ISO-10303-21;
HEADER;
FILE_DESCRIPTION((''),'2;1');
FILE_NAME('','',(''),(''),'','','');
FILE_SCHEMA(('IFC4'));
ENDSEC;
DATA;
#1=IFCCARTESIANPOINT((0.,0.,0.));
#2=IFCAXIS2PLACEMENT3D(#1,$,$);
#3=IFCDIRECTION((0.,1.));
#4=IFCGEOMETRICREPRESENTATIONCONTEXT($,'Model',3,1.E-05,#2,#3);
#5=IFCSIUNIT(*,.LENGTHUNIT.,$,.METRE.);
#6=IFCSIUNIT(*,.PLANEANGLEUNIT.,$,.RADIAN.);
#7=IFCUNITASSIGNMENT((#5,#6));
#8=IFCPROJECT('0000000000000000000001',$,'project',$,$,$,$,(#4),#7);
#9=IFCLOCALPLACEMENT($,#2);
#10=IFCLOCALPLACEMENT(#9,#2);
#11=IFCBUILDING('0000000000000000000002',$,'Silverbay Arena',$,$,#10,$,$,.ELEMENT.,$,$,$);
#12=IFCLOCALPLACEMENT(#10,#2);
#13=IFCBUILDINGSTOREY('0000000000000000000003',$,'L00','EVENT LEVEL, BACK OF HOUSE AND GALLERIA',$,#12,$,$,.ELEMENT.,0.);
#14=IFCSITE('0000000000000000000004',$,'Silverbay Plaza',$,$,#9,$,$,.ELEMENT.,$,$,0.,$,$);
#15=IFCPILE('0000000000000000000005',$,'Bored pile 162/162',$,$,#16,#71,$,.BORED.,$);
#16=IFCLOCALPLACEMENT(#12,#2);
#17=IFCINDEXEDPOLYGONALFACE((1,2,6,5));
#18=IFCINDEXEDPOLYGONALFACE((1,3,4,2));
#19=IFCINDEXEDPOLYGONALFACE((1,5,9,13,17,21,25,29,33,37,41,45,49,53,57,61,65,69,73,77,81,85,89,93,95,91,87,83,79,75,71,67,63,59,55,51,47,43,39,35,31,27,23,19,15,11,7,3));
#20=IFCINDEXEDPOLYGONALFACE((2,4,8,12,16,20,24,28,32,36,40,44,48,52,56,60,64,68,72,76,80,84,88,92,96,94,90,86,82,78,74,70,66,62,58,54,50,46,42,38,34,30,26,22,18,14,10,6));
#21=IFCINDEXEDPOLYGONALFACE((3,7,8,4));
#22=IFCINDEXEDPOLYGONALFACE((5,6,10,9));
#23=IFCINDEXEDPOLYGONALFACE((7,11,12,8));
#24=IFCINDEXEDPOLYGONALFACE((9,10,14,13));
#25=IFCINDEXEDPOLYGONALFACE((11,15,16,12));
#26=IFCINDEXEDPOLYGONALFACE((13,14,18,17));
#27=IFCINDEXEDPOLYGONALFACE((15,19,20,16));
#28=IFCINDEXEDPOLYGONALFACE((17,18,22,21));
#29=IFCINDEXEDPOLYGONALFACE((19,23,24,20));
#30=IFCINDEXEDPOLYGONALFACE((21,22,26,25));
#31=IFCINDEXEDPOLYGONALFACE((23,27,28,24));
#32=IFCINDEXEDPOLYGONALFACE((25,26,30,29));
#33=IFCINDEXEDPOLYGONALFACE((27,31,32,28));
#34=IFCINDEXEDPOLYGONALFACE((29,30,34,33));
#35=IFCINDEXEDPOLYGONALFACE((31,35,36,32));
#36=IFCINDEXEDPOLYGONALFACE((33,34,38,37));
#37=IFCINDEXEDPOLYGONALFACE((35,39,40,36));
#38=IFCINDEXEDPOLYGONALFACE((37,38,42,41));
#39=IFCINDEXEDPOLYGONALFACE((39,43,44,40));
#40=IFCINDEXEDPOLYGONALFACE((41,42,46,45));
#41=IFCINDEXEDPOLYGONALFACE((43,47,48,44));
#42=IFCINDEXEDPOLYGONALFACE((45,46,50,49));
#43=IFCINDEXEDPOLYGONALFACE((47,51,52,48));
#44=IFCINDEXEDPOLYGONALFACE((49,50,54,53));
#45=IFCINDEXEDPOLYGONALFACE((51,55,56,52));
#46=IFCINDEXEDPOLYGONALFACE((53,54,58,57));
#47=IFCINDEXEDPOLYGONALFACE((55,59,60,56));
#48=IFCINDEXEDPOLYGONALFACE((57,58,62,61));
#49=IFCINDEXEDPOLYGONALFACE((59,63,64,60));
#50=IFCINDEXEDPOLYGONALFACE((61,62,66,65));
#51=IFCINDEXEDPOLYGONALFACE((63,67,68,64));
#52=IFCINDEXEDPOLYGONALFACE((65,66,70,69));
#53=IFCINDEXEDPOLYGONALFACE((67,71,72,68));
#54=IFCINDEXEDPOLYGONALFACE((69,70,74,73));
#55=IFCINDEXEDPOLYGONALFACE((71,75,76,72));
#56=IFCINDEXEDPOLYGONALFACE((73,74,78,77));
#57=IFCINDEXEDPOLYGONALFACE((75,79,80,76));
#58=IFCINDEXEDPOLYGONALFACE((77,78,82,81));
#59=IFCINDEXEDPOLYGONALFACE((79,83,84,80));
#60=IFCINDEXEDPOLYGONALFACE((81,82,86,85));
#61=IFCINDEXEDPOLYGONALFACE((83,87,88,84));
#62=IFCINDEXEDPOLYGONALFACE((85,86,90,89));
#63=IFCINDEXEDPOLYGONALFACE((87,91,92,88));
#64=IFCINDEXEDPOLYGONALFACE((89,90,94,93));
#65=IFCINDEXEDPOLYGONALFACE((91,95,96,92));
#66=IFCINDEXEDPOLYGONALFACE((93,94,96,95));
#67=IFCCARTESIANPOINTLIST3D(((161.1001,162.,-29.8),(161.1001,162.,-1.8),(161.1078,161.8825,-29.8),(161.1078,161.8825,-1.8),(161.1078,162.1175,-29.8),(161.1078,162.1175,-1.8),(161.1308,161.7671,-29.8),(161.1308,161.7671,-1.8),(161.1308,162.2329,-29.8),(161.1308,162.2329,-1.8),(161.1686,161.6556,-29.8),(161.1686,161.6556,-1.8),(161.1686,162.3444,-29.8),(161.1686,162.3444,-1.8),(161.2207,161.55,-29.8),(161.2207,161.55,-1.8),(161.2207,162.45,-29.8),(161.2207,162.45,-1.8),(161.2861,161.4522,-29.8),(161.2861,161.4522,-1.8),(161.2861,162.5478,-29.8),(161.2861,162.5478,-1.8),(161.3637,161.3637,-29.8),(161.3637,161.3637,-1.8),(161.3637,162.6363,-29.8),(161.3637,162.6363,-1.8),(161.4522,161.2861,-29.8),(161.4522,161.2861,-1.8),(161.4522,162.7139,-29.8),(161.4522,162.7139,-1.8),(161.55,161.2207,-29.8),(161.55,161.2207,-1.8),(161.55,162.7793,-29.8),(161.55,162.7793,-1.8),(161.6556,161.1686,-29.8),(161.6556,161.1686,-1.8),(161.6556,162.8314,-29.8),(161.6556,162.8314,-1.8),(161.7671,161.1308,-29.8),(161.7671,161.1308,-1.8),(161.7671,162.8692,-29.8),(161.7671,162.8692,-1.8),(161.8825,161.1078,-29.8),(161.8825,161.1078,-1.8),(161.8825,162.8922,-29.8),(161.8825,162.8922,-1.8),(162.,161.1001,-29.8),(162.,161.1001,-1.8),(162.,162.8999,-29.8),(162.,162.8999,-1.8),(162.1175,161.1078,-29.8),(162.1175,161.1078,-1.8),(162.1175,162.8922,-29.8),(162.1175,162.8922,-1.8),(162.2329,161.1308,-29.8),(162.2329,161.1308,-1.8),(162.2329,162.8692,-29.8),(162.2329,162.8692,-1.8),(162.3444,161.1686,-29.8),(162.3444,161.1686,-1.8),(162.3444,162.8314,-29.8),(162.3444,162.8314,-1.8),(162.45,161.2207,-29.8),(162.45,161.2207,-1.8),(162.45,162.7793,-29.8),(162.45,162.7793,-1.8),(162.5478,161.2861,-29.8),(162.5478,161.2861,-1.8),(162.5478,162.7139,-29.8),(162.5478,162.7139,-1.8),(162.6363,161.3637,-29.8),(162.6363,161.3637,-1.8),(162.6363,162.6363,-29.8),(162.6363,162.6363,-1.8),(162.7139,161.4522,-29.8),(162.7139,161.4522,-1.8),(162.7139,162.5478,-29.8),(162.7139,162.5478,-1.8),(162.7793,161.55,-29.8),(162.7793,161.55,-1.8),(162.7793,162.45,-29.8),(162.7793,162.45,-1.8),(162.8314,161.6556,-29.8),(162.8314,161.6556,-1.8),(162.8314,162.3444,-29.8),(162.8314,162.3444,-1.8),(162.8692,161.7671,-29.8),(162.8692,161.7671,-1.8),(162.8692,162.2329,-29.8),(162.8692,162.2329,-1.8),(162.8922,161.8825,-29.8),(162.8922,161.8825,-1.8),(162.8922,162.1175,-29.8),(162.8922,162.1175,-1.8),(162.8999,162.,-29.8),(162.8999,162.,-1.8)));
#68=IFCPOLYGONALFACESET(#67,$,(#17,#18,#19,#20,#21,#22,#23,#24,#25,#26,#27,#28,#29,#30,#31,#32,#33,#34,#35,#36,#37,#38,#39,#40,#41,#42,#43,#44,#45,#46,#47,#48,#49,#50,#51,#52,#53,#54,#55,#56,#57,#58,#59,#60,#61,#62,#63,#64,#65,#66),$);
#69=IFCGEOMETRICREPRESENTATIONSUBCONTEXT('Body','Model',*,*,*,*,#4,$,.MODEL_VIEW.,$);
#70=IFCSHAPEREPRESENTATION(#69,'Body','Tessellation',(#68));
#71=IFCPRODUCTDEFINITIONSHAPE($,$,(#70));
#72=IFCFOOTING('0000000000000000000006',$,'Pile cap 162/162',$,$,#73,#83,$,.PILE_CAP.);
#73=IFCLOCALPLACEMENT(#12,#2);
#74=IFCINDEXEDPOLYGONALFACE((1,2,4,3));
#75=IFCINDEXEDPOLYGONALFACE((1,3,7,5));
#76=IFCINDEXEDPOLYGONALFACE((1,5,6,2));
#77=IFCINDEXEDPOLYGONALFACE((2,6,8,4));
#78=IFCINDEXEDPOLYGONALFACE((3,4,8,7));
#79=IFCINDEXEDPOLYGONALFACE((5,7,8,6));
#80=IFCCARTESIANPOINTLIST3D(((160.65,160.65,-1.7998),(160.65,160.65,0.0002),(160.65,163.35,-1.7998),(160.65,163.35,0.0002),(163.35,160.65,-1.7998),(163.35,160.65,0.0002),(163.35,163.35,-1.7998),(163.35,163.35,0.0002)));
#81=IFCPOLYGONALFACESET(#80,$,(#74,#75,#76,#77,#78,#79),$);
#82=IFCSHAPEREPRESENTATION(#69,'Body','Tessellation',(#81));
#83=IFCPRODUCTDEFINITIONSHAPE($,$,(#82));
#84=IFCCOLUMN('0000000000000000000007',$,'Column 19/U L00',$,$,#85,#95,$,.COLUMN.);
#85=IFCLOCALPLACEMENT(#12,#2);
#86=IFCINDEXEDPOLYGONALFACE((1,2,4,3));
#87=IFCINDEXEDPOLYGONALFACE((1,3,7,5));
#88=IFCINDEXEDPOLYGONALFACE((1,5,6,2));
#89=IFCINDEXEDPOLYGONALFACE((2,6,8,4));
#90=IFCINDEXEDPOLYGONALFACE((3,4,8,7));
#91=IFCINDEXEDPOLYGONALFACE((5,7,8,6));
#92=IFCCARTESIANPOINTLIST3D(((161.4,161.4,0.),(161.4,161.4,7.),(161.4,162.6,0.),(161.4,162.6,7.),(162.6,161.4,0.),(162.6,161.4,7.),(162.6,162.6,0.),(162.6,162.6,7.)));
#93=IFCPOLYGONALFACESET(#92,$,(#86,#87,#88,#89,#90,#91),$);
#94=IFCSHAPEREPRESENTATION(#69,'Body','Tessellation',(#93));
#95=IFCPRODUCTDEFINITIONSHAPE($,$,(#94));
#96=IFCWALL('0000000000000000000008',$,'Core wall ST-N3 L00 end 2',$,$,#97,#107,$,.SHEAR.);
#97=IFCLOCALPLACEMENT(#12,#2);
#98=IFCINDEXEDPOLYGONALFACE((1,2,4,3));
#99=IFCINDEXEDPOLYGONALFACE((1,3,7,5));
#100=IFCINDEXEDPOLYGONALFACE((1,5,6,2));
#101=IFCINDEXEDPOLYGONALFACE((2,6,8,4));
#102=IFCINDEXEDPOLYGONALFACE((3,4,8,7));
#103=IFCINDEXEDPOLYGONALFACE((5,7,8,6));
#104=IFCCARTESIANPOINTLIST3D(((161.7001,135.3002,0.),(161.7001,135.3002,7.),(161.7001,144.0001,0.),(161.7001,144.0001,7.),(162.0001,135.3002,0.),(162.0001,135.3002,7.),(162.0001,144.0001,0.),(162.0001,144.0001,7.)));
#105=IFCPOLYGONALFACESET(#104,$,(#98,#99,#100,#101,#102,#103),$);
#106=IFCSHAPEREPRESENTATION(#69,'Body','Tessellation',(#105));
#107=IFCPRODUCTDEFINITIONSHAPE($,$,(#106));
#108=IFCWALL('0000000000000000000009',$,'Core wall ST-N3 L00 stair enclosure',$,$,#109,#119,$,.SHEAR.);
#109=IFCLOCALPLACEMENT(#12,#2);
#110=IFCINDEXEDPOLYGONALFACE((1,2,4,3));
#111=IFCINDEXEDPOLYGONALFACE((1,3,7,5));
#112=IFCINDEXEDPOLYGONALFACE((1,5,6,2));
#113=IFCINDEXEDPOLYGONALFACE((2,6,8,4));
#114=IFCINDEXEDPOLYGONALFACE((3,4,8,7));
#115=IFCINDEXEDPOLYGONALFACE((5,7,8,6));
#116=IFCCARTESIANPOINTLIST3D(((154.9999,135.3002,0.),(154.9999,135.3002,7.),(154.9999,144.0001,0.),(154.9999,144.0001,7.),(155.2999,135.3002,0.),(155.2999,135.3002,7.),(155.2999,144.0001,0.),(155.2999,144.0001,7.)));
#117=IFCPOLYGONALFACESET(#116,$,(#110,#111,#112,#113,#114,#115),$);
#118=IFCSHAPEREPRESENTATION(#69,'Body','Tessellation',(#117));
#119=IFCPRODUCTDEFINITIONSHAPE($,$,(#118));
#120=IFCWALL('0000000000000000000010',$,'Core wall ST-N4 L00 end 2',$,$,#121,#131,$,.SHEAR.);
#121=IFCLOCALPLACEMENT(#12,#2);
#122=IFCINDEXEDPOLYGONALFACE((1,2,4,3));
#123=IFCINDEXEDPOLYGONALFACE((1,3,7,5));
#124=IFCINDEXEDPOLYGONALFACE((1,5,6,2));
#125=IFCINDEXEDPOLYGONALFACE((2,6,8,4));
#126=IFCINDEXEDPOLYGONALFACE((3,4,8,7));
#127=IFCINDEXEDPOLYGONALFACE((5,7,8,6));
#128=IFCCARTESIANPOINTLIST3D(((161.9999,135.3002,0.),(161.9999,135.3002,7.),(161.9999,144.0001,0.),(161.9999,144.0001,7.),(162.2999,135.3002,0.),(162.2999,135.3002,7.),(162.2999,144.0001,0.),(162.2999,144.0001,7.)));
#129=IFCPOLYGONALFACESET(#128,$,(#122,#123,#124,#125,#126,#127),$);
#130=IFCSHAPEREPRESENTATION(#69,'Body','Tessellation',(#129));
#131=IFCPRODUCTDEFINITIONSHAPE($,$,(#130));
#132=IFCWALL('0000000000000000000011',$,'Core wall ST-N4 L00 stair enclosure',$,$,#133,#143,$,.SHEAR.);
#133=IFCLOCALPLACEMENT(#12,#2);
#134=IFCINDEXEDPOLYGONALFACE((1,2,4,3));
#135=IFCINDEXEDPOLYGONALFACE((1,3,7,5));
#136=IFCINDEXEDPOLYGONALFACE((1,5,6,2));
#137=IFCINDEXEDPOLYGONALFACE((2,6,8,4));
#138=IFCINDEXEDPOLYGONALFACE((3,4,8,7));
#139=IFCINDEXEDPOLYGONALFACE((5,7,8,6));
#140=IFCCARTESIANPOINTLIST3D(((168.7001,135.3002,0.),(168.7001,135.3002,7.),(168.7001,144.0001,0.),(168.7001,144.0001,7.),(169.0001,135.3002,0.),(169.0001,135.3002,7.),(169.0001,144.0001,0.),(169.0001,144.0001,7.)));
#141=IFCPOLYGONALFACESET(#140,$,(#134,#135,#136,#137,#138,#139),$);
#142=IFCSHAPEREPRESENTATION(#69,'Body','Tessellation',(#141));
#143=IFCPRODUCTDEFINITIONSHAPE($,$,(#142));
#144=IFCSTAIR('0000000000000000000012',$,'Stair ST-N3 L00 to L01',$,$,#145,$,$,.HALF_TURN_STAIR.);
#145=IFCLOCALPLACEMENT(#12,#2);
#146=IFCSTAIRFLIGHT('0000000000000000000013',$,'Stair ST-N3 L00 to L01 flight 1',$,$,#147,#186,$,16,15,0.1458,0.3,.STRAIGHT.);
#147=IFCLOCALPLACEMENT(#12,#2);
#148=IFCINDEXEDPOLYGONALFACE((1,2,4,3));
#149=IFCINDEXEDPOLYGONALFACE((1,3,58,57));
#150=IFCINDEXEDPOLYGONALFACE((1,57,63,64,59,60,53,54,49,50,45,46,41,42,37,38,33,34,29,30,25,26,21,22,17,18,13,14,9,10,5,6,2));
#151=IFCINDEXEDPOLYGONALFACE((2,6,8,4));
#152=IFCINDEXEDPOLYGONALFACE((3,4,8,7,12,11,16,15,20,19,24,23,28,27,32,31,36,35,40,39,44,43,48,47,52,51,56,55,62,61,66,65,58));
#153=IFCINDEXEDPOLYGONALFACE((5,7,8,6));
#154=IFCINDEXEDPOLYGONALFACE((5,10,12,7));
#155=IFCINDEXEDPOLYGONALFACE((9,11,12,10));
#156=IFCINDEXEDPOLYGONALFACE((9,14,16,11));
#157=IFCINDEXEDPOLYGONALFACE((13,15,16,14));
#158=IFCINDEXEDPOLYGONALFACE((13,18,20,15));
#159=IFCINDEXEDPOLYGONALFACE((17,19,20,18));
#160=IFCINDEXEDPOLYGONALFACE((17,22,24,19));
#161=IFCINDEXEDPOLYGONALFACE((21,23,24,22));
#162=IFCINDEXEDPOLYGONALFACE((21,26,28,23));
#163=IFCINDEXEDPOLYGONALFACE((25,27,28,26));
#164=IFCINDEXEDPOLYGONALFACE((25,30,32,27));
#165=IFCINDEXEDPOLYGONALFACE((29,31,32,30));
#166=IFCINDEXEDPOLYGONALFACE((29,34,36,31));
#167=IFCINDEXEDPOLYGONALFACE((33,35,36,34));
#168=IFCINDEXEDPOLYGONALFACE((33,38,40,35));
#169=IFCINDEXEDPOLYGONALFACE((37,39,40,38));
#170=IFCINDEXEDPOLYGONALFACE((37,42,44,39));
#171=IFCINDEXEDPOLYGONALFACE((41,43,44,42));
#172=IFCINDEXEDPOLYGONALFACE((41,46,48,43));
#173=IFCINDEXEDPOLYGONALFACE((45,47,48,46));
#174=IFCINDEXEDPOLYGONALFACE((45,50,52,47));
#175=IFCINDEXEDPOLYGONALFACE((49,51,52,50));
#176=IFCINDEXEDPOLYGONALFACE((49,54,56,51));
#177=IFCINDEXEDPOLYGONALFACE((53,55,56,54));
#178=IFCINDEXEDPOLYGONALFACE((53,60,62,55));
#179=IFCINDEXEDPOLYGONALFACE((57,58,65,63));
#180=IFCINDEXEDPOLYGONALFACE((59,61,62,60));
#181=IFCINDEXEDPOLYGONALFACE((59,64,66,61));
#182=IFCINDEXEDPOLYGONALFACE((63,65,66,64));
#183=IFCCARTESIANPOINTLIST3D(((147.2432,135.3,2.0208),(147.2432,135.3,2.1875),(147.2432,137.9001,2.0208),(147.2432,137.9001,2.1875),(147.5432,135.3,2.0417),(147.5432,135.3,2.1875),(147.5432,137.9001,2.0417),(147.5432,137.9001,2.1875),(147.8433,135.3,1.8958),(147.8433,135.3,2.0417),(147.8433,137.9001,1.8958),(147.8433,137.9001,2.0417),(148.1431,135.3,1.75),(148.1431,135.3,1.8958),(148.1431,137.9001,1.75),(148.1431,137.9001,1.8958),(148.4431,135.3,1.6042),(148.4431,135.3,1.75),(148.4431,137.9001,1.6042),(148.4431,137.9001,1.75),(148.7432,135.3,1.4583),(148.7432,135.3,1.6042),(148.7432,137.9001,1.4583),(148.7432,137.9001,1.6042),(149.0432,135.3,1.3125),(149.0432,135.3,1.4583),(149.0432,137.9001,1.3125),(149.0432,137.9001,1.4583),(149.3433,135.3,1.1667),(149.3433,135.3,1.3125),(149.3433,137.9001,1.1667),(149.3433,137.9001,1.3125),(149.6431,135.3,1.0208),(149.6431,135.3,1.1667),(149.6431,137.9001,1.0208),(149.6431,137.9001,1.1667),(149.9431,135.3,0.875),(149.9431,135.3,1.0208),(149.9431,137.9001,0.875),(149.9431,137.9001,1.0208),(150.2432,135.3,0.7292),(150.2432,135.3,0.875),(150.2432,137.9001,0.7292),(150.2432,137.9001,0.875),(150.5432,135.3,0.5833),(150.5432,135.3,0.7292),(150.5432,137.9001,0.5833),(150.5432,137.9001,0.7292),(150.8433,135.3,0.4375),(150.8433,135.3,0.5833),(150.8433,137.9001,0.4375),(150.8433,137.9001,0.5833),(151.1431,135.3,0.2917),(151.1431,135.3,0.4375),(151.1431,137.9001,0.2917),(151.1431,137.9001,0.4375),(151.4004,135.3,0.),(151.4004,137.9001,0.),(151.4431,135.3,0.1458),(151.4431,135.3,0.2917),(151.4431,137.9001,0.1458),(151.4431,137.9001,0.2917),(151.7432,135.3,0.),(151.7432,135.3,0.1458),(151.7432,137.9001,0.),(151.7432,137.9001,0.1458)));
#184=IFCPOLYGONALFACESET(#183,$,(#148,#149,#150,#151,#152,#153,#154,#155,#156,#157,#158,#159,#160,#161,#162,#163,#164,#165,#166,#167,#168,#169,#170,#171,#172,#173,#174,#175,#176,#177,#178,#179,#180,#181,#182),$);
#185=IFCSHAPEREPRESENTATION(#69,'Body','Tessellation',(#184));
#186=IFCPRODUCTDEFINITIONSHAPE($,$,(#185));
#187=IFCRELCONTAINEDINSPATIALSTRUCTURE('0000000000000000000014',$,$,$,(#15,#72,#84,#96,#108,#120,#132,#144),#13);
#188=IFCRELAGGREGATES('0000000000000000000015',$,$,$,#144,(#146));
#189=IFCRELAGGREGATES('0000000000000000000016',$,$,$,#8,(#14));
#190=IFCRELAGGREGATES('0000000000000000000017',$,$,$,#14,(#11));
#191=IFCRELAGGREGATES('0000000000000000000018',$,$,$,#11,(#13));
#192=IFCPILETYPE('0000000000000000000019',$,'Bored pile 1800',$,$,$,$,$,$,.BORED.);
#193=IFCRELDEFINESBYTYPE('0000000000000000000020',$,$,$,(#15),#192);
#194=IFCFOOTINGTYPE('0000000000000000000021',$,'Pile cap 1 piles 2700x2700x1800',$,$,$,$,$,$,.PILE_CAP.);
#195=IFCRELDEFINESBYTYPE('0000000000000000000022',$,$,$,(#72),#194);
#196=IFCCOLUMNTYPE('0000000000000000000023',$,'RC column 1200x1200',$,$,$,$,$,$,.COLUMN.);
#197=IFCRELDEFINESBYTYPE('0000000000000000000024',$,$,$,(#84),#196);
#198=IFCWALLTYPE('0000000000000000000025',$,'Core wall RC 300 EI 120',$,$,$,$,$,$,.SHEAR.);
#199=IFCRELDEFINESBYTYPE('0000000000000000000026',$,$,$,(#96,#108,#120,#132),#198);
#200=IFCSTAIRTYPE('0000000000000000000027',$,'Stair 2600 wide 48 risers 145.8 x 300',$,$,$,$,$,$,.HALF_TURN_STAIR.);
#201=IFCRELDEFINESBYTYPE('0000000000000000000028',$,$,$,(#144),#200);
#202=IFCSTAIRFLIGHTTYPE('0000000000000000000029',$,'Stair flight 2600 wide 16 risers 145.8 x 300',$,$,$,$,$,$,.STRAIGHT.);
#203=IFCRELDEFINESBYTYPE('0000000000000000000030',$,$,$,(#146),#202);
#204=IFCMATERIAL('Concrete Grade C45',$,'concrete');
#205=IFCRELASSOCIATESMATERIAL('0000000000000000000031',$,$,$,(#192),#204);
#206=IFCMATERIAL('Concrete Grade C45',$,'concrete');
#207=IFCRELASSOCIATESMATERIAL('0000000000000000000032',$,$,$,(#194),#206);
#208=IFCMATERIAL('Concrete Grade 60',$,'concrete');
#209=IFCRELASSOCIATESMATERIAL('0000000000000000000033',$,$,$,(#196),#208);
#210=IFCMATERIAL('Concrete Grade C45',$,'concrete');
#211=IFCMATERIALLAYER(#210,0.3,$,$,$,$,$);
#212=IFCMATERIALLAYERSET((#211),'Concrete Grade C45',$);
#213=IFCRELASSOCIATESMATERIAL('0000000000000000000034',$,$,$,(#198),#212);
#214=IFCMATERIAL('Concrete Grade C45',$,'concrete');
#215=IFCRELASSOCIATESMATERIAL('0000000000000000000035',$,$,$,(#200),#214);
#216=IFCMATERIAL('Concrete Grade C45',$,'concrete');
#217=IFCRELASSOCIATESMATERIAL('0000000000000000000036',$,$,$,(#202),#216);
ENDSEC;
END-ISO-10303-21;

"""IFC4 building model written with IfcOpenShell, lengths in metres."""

from ifc_helpers import new_model, si_unit, direction, frame, frame_2d, origin, origin_2d, place, context, subcontext, project, spatial, polyline, rectangle, circle, outline, extrude, material, layer, layer_set, material_profile, profile_set, type_object, element, aggregate, save


model = new_model("IFC4")

# Units and contexts
model_context = context("Model", 3, precision=1e-05, world=origin(), true_north=direction((0.0, 1.0)))
body_context = subcontext(model_context, "Body", "Model", "MODEL_VIEW")
ifc_project = project(units=[si_unit("LENGTHUNIT", "METRE"), si_unit("PLANEANGLEUNIT", "RADIAN")], contexts=[model_context])

# Site, building, storey
site_placement = place(None, origin())
site = spatial("IfcSite", under=ifc_project, at=site_placement, Name="Silverbay Plaza", CompositionType="ELEMENT", RefElevation=0.0)
building_placement = place(site_placement, origin())
building = spatial("IfcBuilding", under=site, at=building_placement, Name="Silverbay Arena", CompositionType="ELEMENT")
storey_placement = place(building_placement, origin())
storey = spatial("IfcBuildingStorey", under=building, at=storey_placement, Name="L00", Description="EVENT LEVEL, BACK OF HOUSE AND GALLERIA", CompositionType="ELEMENT", Elevation=0.0)

# Pile
ifc_material_1 = material(Name="Concrete Grade C45", Category="concrete")
ifc_material_profile_1 = material_profile(ifc_material_1, circle(Radius=0.8999, at=origin_2d()), Name="Bored pile 1800")
ifc_profile_set_1 = profile_set([ifc_material_profile_1], Name="Concrete Grade C45")
pile_type = type_object("IfcPileType", Name="Bored pile 1800", PredefinedType="BORED", material=ifc_profile_set_1)
pile_placement = place(storey_placement, frame((162.0, 162.0, -1.8), z_axis=(0.0, 0.0, -1.0), x_axis=(1.0, 0.0, 0.0)))
element("IfcPile", 1, at=pile_placement, inside=storey, type_object=pile_type, Name="Bored pile 162/162", PredefinedType="BORED", context=body_context, shape_type="SweptSolid", body=[
    extrude(circle(Radius=0.8999, at=origin_2d()), origin(), (0.0, 0.0, 1.0), 28.0),
])

# Footing
ifc_material_2 = material(Name="Concrete Grade C45", Category="concrete")
footing_type = type_object("IfcFootingType", Name="Pile cap 1 piles 2700x2700x1800", PredefinedType="PILE_CAP", material=ifc_material_2)
footing_placement = place(storey_placement, frame((162.0, 162.0, -1.7998), z_axis=(0.0, 0.0, 1.0), x_axis=(1.0, 0.0, 0.0)))
element("IfcFooting", 2, at=footing_placement, inside=storey, type_object=footing_type, Name="Pile cap 162/162", PredefinedType="PILE_CAP", context=body_context, shape_type="SweptSolid", body=[
    extrude(rectangle(XDim=2.7, YDim=2.7, at=origin_2d()), origin(), (0.0, 0.0, 1.0), 1.8),
])

# Column
ifc_material_3 = material(Name="Concrete Grade 60", Category="concrete")
ifc_material_profile_2 = material_profile(ifc_material_3, rectangle(XDim=1.2, YDim=1.2, at=origin_2d()), Name="RC 1200x1200")
ifc_profile_set_2 = profile_set([ifc_material_profile_2], Name="Concrete Grade 60")
column_type = type_object("IfcColumnType", Name="RC column 1200x1200", PredefinedType="COLUMN", material=ifc_profile_set_2)
column_placement = place(storey_placement, frame((162.0, 162.0, 0.0), z_axis=(0.0, 0.0, 1.0), x_axis=(1.0, 0.0, 0.0)))
element("IfcColumn", 3, at=column_placement, inside=storey, type_object=column_type, Name="Column 19/U L00", PredefinedType="COLUMN", context=body_context, shape_type="SweptSolid", body=[
    extrude(rectangle(XDim=1.2, YDim=1.2, at=origin_2d()), origin(), (0.0, 0.0, 1.0), 7.0),
])

# Walls
ifc_material_4 = material(Name="Concrete Grade C45", Category="concrete")
ifc_layer = layer(ifc_material_4, 0.3)
ifc_layer_set = layer_set([ifc_layer], Name="Concrete Grade C45")
wall_type = type_object("IfcWallType", Name="Core wall RC 300 EI 120", PredefinedType="SHEAR", material=ifc_layer_set)
for number, where, z_axis, x_axis, name in (
    (4, (161.8501, 135.3, 0.0), (0.0, 0.0, 1.0), (0.0, 1.0, 0.0), "Core wall ST-N3 L00 end 2"),
    (5, (155.1499, 135.3, 0.0), (0.0, 0.0, 1.0), (0.0, 1.0, 0.0), "Core wall ST-N3 L00 stair enclosure"),
    (6, (162.1499, 135.3, 0.0), (0.0, 0.0, 1.0), (0.0, 1.0, 0.0), "Core wall ST-N4 L00 end 2"),
    (7, (168.8501, 135.3, 0.0), (0.0, 0.0, 1.0), (0.0, 1.0, 0.0), "Core wall ST-N4 L00 stair enclosure"),
):
    element("IfcWall", number, at=place(storey_placement, frame(where, z_axis=z_axis, x_axis=x_axis)), inside=storey, type_object=wall_type, Name=name, PredefinedType="SHEAR", context=body_context, shape_type="SweptSolid", body=[
        extrude(rectangle(XDim=8.7, YDim=0.3, at=frame_2d((4.3501, 0.0))), origin(), (0.0, 0.0, 1.0), 7.0),
    ])

# Stair, stair flight
ifc_material_5 = material(Name="Concrete Grade C45", Category="concrete")
stair_type = type_object("IfcStairType", Name="Stair 2600 wide 48 risers 145.8 x 300", PredefinedType="HALF_TURN_STAIR", material=ifc_material_5)
stair_placement = place(storey_placement, origin())
stair = element("IfcStair", 8, at=stair_placement, inside=storey, type_object=stair_type, Name="Stair ST-N3 L00 to L01", PredefinedType="HALF_TURN_STAIR")
ifc_material_6 = material(Name="Concrete Grade C45", Category="concrete")
stair_flight_type = type_object("IfcStairFlightType", Name="Stair flight 2600 wide 16 risers 145.8 x 300", PredefinedType="STRAIGHT", material=ifc_material_6)
stair_flight_1_placement = place(storey_placement, frame((151.7432, 136.6001, 0.0), z_axis=(0.0, 0.0, 1.0), x_axis=(-1.0, 0.0, 0.0)))
stair_flight_1 = element("IfcStairFlight", 9, at=stair_flight_1_placement, type_object=stair_flight_type, Name="Stair ST-N3 L00 to L01 flight 1", NumberOfRisers=16, NumberOfTreads=15, PredefinedType="STRAIGHT", RiserHeight=0.1458, TreadLength=0.3, context=body_context, shape_type="SweptSolid", body=[
    extrude(outline(polyline([(0.0, 0.0), (0.0, 0.1458), (0.3, 0.1458), (0.3, 0.2917), (0.6001, 0.2917), (0.6001, 0.4375), (0.8999, 0.4375), (0.8999, 0.5833), (1.2, 0.5833), (1.2, 0.7292), (1.5, 0.7292), (1.5, 0.875), (1.8, 0.875), (1.8, 1.0208), (2.1001, 1.0208), (2.1001, 1.1667), (2.3999, 1.1667), (2.3999, 1.3125), (2.7, 1.3125), (2.7, 1.4583), (3.0, 1.4583), (3.0, 1.6042), (3.3, 1.6042), (3.3, 1.75), (3.6001, 1.75), (3.6001, 1.8958), (3.8999, 1.8958), (3.8999, 2.0417), (4.2, 2.0417), (4.2, 2.1875), (4.5, 2.1875), (4.5, 2.0208), (0.3428, 0.0), (0.0, 0.0)])), frame((0.0, 1.3, 0.0), z_axis=(0.0, -1.0, 0.0), x_axis=(1.0, 0.0, 0.0)), (0.0, 0.0, 1.0), 2.6001),
])
aggregate(stair, [stair_flight_1])

save(model, "model.ifc")
